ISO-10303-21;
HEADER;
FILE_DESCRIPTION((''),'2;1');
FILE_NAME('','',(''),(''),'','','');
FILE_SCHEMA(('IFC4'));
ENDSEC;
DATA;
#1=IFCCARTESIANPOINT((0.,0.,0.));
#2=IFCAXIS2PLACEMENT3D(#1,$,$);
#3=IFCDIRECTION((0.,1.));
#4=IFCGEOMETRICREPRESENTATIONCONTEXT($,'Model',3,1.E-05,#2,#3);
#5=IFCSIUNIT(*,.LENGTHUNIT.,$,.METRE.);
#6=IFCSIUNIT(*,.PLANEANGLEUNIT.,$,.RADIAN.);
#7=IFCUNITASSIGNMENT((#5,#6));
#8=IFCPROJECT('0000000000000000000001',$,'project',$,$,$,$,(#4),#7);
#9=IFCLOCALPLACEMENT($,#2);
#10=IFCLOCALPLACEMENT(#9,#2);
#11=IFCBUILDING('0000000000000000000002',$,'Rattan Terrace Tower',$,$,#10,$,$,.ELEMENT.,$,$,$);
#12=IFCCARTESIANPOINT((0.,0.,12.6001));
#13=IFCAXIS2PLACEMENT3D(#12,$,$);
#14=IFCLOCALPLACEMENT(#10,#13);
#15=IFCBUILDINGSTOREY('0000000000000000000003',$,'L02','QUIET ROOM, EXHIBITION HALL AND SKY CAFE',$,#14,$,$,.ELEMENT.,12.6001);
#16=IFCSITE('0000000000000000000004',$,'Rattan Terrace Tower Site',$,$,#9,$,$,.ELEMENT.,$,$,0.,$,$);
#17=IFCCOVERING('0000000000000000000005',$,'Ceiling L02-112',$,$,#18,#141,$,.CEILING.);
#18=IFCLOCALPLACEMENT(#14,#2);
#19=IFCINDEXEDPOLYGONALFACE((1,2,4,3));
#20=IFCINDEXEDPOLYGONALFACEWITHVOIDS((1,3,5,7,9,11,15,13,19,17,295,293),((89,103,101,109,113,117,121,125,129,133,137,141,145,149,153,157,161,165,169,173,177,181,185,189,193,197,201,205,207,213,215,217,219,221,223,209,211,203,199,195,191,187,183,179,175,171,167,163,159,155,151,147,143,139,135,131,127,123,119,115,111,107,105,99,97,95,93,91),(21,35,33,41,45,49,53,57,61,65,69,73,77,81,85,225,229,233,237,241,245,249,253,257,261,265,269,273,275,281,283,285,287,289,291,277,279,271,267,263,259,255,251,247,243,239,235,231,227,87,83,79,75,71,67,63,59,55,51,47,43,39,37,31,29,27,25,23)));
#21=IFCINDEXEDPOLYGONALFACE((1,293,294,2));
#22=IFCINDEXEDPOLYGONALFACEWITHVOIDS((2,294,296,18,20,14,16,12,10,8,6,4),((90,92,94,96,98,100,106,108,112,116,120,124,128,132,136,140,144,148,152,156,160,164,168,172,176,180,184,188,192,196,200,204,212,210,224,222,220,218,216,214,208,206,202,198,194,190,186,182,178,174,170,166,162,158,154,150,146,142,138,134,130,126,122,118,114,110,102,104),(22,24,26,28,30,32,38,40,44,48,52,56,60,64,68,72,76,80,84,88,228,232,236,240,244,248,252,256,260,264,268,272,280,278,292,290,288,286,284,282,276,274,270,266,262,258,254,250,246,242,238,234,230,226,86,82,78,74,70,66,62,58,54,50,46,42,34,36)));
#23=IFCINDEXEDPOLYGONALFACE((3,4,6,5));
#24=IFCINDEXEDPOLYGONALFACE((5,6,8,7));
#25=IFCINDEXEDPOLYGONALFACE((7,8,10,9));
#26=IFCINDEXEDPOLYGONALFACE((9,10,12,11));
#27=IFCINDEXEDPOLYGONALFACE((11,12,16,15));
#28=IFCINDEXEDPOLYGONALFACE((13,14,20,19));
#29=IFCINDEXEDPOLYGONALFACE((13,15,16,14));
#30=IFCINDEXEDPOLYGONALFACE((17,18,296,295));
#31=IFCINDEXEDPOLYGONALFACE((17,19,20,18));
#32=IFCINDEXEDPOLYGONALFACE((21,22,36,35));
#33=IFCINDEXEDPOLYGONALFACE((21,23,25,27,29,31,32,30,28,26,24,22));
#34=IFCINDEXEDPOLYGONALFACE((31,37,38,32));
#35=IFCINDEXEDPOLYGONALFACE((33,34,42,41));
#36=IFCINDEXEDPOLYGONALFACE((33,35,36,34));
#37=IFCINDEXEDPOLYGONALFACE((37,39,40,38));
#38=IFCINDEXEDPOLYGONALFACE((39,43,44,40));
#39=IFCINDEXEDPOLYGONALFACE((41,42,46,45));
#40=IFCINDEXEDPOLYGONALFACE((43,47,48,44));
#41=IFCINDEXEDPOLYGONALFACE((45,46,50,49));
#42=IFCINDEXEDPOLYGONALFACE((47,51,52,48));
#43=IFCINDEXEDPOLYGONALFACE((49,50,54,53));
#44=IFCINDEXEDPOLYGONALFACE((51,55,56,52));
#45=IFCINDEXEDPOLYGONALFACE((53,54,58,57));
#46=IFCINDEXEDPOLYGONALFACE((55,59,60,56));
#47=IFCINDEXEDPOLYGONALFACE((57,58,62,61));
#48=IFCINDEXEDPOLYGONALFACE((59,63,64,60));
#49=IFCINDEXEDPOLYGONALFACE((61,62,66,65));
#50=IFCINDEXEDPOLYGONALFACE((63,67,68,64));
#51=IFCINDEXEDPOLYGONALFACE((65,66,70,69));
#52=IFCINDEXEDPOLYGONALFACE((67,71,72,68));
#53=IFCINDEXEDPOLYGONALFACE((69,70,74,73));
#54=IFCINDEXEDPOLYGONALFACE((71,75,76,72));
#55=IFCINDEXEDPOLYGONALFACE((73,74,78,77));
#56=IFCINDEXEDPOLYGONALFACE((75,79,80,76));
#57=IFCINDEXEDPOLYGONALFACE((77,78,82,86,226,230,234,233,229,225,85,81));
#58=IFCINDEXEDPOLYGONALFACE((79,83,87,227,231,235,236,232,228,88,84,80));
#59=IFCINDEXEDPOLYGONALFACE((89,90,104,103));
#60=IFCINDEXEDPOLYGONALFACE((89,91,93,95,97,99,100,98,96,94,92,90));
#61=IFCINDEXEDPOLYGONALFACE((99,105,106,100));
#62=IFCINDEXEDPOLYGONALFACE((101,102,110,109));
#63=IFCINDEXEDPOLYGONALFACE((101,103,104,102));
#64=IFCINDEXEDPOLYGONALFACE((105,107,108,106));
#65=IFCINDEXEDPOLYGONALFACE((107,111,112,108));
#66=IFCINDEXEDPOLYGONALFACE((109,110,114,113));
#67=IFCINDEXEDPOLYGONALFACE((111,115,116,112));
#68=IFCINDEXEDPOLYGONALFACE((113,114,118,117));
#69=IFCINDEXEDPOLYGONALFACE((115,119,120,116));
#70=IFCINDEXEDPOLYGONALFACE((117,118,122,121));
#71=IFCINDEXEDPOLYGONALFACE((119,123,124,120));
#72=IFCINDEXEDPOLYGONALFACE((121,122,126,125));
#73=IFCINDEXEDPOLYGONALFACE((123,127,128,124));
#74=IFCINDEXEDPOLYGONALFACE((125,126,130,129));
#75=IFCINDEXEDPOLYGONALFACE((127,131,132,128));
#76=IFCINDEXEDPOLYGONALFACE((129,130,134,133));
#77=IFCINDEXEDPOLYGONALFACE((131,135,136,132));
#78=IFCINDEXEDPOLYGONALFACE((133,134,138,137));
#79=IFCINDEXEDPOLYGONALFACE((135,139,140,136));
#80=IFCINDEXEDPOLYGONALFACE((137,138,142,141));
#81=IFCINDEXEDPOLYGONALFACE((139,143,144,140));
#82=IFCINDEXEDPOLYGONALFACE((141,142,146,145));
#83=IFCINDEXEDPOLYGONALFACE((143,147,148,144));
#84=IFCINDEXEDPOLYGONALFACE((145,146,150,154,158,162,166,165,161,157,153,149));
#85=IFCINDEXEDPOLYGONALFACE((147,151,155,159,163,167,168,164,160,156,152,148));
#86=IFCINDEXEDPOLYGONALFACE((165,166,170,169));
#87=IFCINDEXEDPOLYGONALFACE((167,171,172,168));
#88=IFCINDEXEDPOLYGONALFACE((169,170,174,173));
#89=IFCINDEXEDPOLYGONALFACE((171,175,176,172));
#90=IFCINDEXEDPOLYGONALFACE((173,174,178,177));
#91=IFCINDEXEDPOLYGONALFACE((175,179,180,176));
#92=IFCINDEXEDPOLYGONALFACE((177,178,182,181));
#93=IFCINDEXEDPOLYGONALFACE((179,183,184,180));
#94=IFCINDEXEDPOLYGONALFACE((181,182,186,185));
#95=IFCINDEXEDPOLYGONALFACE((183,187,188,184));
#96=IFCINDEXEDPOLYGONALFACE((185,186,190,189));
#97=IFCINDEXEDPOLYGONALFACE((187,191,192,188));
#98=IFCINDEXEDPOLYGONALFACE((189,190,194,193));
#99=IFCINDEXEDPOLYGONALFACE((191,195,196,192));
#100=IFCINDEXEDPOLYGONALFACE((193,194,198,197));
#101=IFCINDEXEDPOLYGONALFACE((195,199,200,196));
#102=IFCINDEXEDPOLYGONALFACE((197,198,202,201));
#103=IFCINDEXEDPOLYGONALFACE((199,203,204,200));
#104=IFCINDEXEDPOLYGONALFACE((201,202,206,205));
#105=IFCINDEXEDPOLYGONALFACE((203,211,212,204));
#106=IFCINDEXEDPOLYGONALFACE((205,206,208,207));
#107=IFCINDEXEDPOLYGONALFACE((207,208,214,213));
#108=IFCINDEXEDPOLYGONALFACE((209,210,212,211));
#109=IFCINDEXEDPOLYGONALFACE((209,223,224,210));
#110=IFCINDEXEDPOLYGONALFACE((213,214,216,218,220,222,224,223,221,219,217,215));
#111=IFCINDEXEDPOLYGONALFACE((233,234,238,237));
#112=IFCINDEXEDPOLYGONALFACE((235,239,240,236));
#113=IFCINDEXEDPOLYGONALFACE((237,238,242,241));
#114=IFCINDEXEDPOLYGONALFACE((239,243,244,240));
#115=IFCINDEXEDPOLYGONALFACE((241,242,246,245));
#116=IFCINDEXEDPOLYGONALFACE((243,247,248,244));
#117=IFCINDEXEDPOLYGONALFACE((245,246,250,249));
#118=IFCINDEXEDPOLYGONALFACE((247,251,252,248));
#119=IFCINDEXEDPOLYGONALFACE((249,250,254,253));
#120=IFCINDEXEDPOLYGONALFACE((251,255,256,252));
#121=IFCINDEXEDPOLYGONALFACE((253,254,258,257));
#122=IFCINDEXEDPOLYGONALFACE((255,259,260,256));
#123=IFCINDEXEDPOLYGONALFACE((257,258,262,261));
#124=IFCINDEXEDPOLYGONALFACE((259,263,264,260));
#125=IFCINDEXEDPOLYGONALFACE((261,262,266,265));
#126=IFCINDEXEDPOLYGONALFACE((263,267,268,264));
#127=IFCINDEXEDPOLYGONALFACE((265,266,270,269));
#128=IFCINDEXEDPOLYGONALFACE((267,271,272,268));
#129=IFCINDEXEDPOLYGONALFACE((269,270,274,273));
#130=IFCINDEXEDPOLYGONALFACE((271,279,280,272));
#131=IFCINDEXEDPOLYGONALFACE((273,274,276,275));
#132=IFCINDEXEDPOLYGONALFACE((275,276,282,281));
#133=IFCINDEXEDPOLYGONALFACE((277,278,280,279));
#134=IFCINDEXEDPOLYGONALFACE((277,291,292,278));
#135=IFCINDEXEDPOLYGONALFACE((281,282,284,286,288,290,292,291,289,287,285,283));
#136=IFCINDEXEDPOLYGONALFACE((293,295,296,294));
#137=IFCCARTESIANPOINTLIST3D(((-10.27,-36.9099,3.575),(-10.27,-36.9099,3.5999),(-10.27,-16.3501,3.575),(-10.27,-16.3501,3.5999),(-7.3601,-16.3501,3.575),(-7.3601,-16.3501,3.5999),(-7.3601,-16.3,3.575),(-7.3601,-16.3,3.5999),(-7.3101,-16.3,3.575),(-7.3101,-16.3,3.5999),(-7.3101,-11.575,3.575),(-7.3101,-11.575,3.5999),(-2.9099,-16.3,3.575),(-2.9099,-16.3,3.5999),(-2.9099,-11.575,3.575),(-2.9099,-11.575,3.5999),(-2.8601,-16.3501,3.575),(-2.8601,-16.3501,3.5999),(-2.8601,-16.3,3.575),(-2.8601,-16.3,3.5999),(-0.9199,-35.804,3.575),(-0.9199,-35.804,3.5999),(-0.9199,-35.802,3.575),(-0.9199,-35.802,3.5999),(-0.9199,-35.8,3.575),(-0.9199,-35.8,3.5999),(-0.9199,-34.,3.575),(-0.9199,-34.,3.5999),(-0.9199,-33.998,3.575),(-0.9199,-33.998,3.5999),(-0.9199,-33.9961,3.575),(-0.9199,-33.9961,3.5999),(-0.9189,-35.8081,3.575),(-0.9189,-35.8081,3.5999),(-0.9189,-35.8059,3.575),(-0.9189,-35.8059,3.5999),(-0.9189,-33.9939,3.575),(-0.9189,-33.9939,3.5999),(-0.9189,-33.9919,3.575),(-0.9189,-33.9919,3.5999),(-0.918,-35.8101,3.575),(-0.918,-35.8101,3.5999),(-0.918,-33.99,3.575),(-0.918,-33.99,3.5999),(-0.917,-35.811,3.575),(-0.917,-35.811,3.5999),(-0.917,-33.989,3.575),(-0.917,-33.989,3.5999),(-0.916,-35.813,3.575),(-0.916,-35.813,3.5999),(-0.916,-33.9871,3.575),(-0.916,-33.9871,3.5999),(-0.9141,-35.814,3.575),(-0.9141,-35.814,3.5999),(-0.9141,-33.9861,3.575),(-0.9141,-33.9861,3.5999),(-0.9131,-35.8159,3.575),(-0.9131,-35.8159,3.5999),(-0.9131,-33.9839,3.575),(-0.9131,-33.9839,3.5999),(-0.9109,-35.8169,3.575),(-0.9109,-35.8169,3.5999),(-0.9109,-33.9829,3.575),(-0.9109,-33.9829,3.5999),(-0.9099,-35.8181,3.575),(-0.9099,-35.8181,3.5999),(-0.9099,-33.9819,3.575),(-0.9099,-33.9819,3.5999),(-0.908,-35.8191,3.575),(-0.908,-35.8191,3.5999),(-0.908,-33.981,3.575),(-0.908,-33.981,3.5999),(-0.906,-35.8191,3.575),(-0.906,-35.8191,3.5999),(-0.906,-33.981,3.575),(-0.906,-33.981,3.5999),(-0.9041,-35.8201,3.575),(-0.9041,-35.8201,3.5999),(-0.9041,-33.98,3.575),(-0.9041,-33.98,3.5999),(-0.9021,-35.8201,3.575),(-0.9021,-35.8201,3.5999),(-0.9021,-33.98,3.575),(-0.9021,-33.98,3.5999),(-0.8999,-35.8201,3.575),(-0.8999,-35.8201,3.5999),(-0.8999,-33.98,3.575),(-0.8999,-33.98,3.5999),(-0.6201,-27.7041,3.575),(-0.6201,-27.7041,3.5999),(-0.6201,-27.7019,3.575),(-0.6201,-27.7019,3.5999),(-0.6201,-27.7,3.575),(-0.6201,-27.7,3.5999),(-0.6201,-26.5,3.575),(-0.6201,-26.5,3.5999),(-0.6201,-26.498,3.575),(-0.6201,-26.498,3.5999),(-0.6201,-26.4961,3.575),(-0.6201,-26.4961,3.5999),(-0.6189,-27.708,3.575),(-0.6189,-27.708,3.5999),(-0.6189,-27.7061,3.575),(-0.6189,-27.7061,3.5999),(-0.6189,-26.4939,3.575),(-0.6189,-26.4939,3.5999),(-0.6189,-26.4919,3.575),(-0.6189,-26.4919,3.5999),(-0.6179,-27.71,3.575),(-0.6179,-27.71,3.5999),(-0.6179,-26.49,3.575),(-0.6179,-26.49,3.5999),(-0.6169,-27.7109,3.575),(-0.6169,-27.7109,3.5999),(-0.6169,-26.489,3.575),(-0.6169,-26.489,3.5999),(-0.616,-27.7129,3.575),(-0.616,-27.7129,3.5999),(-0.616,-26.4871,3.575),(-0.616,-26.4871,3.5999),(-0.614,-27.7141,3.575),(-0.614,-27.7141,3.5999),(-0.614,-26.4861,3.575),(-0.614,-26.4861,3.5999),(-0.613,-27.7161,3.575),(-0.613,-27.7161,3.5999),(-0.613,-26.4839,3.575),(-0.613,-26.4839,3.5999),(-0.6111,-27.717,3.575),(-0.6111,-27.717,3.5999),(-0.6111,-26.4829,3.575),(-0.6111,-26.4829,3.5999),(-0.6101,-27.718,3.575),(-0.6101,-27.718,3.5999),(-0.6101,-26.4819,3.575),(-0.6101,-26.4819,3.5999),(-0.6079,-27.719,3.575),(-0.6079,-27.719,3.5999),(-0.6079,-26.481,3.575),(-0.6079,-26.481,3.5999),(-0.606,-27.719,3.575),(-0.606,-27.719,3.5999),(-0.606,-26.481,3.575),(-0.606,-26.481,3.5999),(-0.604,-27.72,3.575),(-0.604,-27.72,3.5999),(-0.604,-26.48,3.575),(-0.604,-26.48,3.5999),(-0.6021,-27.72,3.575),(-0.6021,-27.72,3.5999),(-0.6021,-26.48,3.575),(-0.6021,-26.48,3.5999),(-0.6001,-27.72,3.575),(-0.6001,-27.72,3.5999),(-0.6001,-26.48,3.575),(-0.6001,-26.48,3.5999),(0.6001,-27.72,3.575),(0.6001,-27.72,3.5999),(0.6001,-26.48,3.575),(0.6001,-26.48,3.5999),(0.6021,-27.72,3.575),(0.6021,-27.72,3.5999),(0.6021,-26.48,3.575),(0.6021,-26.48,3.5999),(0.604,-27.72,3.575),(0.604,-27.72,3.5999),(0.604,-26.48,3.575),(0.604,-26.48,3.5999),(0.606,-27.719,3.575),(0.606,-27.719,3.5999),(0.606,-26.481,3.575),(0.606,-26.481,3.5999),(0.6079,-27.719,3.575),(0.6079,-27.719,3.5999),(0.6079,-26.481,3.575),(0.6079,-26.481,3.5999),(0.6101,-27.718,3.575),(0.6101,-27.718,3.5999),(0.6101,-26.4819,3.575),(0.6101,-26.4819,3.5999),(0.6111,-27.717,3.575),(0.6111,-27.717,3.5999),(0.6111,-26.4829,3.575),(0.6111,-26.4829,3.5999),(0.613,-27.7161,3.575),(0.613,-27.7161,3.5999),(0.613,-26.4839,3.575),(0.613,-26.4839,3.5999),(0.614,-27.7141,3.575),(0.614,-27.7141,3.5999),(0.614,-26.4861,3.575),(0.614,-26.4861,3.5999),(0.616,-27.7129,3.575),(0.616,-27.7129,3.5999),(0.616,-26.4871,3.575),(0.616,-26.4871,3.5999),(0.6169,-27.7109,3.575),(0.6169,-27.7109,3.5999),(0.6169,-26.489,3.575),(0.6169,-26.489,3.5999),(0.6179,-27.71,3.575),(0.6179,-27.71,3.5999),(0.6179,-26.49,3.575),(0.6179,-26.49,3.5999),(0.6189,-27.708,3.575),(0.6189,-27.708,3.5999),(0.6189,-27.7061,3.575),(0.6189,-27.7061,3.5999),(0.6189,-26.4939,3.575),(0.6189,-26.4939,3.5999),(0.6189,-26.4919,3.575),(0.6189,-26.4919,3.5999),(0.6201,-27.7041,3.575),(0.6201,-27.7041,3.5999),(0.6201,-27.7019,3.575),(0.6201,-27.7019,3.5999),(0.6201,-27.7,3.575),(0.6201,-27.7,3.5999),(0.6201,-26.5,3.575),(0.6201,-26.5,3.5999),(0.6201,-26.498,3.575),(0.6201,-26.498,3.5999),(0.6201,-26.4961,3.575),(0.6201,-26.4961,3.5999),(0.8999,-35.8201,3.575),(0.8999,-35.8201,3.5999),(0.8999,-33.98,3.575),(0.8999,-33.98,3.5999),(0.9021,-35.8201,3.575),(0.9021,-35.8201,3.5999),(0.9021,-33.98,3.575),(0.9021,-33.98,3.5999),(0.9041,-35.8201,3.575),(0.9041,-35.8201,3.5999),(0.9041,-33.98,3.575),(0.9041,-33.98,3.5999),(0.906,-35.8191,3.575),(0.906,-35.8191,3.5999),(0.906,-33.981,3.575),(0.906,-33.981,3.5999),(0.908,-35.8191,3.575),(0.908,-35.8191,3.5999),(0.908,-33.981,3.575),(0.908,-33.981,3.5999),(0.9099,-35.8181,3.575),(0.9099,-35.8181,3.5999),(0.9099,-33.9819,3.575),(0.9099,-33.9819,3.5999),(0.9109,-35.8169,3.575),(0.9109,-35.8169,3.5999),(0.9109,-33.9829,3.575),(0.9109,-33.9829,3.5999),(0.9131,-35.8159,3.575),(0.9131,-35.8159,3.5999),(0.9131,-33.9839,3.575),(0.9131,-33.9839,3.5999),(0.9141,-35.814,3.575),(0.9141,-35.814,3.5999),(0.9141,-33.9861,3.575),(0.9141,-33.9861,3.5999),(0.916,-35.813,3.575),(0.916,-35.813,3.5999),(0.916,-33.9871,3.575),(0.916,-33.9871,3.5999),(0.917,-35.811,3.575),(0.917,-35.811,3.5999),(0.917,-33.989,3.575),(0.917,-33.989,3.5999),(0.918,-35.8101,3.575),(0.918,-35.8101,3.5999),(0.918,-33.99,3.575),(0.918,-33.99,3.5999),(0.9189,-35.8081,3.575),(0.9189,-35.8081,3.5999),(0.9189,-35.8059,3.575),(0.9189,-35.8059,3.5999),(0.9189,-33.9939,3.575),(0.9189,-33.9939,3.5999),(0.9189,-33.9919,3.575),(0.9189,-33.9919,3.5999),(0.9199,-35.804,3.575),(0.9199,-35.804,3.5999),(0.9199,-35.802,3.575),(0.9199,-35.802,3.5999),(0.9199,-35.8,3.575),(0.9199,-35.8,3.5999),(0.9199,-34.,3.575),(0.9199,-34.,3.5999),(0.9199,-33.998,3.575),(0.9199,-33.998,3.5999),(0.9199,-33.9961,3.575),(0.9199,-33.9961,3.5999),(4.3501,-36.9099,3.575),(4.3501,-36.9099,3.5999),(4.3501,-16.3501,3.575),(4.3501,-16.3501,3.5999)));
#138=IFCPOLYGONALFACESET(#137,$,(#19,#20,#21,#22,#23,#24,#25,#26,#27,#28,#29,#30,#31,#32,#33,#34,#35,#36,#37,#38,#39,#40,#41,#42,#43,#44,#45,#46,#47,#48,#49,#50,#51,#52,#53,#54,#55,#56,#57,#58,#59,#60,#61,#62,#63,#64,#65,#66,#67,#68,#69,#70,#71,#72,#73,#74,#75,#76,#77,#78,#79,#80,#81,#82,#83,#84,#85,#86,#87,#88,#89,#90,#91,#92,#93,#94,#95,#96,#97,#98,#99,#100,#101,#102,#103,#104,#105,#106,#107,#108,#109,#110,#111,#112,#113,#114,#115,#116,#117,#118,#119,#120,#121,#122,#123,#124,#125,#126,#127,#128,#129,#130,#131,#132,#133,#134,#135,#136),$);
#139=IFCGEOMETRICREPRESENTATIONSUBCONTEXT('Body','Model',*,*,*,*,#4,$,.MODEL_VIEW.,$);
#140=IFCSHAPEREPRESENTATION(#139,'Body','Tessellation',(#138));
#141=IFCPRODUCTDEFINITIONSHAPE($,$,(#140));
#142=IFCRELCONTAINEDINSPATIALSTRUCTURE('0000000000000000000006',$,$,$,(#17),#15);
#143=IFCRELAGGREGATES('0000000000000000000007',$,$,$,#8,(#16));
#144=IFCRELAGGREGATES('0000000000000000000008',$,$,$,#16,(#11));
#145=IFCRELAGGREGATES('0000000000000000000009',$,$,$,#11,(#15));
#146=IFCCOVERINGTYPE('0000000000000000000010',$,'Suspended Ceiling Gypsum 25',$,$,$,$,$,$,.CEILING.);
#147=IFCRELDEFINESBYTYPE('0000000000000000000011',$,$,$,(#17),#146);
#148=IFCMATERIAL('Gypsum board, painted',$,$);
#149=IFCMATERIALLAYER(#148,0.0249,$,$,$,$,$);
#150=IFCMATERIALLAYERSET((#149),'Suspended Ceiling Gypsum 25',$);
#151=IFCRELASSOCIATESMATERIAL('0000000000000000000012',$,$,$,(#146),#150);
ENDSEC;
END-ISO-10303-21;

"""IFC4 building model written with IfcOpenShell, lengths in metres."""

from ifc_helpers import new_model, si_unit, direction, frame, origin, place, context, subcontext, project, spatial, polyline, outline, extrude, material, layer, layer_set, type_object, element, save


model = new_model("IFC4")

# Units and contexts
model_context = context("Model", 3, precision=1e-05, world=origin(), true_north=direction((0.0, 1.0)))
body_context = subcontext(model_context, "Body", "Model", "MODEL_VIEW")
ifc_project = project(units=[si_unit("LENGTHUNIT", "METRE"), si_unit("PLANEANGLEUNIT", "RADIAN")], contexts=[model_context])

# Site, building, storey
site_placement = place(None, origin())
site = spatial("IfcSite", under=ifc_project, at=site_placement, Name="Rattan Terrace Tower Site", CompositionType="ELEMENT", RefElevation=0.0)
building_placement = place(site_placement, origin())
building = spatial("IfcBuilding", under=site, at=building_placement, Name="Rattan Terrace Tower", CompositionType="ELEMENT")
storey_placement = place(building_placement, frame((0.0, 0.0, 12.6001)))
storey = spatial("IfcBuildingStorey", under=building, at=storey_placement, Name="L02", Description="QUIET ROOM, EXHIBITION HALL AND SKY CAFE", CompositionType="ELEMENT", Elevation=12.6001)

# Covering
ifc_material_1 = material(Name="Gypsum board, painted")
ifc_layer_1 = layer(ifc_material_1, 0.0249)
ifc_layer_set_1 = layer_set([ifc_layer_1], Name="Suspended Ceiling Gypsum 25")
covering_type_1 = type_object("IfcCoveringType", Name="Suspended Ceiling Gypsum 25", PredefinedType="CEILING", material=ifc_layer_set_1)
covering_1_placement = place(storey_placement, frame((0.0, 0.0, 3.575)))
element("IfcCovering", 1, at=covering_1_placement, inside=storey, type_object=covering_type_1, Name="Ceiling L02-112", PredefinedType="CEILING", context=body_context, shape_type="SweptSolid", body=[
    extrude(outline(polyline([(-10.27, -16.3501), (-10.27, -36.9099), (4.3501, -36.9099), (4.3501, -16.3501), (-2.8601, -16.3501), (-2.8601, -16.3), (-2.9099, -16.3), (-2.9099, -11.575), (-7.3101, -11.575), (-7.3101, -16.3), (-7.3601, -16.3), (-7.3601, -16.3501), (-10.27, -16.3501)]), holes=[polyline([(-0.9141, -33.9861), (-0.916, -33.9871), (-0.917, -33.989), (-0.918, -33.99), (-0.9189, -33.9919), (-0.9189, -33.9939), (-0.9199, -33.9961), (-0.9199, -33.998), (-0.9199, -34.0), (-0.9199, -35.8), (-0.9199, -35.802), (-0.9199, -35.804), (-0.9189, -35.8059), (-0.9189, -35.8081), (-0.918, -35.8101), (-0.917, -35.811), (-0.916, -35.813), (-0.9141, -35.814), (-0.9131, -35.8159), (-0.9109, -35.8169), (-0.9099, -35.8181), (-0.908, -35.8191), (-0.906, -35.8191), (-0.9041, -35.8201), (-0.9021, -35.8201), (-0.8999, -35.8201), (0.8999, -35.8201), (0.9021, -35.8201), (0.9041, -35.8201), (0.906, -35.8191), (0.908, -35.8191), (0.9099, -35.8181), (0.9109, -35.8169), (0.9131, -35.8159), (0.9141, -35.814), (0.916, -35.813), (0.917, -35.811), (0.918, -35.8101), (0.9189, -35.8081), (0.9189, -35.8059), (0.9199, -35.804), (0.9199, -35.802), (0.9199, -35.8), (0.9199, -34.0), (0.9199, -33.998), (0.9199, -33.9961), (0.9189, -33.9939), (0.9189, -33.9919), (0.918, -33.99), (0.917, -33.989), (0.916, -33.9871), (0.9141, -33.9861), (0.9131, -33.9839), (0.9109, -33.9829), (0.9099, -33.9819), (0.908, -33.981), (0.906, -33.981), (0.9041, -33.98), (0.9021, -33.98), (0.8999, -33.98), (-0.8999, -33.98), (-0.9021, -33.98), (-0.9041, -33.98), (-0.906, -33.981), (-0.908, -33.981), (-0.9099, -33.9819), (-0.9109, -33.9829), (-0.9131, -33.9839), (-0.9141, -33.9861)]), polyline([(-0.606, -26.481), (-0.6079, -26.481), (-0.6101, -26.4819), (-0.6111, -26.4829), (-0.613, -26.4839), (-0.614, -26.4861), (-0.616, -26.4871), (-0.6169, -26.489), (-0.6179, -26.49), (-0.6189, -26.4919), (-0.6189, -26.4939), (-0.6201, -26.4961), (-0.6201, -26.498), (-0.6201, -26.5), (-0.6201, -27.7), (-0.6201, -27.7019), (-0.6201, -27.7041), (-0.6189, -27.7061), (-0.6189, -27.708), (-0.6179, -27.71), (-0.6169, -27.7109), (-0.616, -27.7129), (-0.614, -27.7141), (-0.613, -27.7161), (-0.6111, -27.717), (-0.6101, -27.718), (-0.6079, -27.719), (-0.606, -27.719), (-0.604, -27.72), (-0.6021, -27.72), (-0.6001, -27.72), (0.6001, -27.72), (0.6021, -27.72), (0.604, -27.72), (0.606, -27.719), (0.6079, -27.719), (0.6101, -27.718), (0.6111, -27.717), (0.613, -27.7161), (0.614, -27.7141), (0.616, -27.7129), (0.6169, -27.7109), (0.6179, -27.71), (0.6189, -27.708), (0.6189, -27.7061), (0.6201, -27.7041), (0.6201, -27.7019), (0.6201, -27.7), (0.6201, -26.5), (0.6201, -26.498), (0.6201, -26.4961), (0.6189, -26.4939), (0.6189, -26.4919), (0.6179, -26.49), (0.6169, -26.489), (0.616, -26.4871), (0.614, -26.4861), (0.613, -26.4839), (0.6111, -26.4829), (0.6101, -26.4819), (0.6079, -26.481), (0.606, -26.481), (0.604, -26.48), (0.6021, -26.48), (0.6001, -26.48), (-0.6001, -26.48), (-0.6021, -26.48), (-0.604, -26.48), (-0.606, -26.481)])]), origin(), (0.0, 0.0, 1.0), 0.0249),
])

save(model, "model.ifc")
